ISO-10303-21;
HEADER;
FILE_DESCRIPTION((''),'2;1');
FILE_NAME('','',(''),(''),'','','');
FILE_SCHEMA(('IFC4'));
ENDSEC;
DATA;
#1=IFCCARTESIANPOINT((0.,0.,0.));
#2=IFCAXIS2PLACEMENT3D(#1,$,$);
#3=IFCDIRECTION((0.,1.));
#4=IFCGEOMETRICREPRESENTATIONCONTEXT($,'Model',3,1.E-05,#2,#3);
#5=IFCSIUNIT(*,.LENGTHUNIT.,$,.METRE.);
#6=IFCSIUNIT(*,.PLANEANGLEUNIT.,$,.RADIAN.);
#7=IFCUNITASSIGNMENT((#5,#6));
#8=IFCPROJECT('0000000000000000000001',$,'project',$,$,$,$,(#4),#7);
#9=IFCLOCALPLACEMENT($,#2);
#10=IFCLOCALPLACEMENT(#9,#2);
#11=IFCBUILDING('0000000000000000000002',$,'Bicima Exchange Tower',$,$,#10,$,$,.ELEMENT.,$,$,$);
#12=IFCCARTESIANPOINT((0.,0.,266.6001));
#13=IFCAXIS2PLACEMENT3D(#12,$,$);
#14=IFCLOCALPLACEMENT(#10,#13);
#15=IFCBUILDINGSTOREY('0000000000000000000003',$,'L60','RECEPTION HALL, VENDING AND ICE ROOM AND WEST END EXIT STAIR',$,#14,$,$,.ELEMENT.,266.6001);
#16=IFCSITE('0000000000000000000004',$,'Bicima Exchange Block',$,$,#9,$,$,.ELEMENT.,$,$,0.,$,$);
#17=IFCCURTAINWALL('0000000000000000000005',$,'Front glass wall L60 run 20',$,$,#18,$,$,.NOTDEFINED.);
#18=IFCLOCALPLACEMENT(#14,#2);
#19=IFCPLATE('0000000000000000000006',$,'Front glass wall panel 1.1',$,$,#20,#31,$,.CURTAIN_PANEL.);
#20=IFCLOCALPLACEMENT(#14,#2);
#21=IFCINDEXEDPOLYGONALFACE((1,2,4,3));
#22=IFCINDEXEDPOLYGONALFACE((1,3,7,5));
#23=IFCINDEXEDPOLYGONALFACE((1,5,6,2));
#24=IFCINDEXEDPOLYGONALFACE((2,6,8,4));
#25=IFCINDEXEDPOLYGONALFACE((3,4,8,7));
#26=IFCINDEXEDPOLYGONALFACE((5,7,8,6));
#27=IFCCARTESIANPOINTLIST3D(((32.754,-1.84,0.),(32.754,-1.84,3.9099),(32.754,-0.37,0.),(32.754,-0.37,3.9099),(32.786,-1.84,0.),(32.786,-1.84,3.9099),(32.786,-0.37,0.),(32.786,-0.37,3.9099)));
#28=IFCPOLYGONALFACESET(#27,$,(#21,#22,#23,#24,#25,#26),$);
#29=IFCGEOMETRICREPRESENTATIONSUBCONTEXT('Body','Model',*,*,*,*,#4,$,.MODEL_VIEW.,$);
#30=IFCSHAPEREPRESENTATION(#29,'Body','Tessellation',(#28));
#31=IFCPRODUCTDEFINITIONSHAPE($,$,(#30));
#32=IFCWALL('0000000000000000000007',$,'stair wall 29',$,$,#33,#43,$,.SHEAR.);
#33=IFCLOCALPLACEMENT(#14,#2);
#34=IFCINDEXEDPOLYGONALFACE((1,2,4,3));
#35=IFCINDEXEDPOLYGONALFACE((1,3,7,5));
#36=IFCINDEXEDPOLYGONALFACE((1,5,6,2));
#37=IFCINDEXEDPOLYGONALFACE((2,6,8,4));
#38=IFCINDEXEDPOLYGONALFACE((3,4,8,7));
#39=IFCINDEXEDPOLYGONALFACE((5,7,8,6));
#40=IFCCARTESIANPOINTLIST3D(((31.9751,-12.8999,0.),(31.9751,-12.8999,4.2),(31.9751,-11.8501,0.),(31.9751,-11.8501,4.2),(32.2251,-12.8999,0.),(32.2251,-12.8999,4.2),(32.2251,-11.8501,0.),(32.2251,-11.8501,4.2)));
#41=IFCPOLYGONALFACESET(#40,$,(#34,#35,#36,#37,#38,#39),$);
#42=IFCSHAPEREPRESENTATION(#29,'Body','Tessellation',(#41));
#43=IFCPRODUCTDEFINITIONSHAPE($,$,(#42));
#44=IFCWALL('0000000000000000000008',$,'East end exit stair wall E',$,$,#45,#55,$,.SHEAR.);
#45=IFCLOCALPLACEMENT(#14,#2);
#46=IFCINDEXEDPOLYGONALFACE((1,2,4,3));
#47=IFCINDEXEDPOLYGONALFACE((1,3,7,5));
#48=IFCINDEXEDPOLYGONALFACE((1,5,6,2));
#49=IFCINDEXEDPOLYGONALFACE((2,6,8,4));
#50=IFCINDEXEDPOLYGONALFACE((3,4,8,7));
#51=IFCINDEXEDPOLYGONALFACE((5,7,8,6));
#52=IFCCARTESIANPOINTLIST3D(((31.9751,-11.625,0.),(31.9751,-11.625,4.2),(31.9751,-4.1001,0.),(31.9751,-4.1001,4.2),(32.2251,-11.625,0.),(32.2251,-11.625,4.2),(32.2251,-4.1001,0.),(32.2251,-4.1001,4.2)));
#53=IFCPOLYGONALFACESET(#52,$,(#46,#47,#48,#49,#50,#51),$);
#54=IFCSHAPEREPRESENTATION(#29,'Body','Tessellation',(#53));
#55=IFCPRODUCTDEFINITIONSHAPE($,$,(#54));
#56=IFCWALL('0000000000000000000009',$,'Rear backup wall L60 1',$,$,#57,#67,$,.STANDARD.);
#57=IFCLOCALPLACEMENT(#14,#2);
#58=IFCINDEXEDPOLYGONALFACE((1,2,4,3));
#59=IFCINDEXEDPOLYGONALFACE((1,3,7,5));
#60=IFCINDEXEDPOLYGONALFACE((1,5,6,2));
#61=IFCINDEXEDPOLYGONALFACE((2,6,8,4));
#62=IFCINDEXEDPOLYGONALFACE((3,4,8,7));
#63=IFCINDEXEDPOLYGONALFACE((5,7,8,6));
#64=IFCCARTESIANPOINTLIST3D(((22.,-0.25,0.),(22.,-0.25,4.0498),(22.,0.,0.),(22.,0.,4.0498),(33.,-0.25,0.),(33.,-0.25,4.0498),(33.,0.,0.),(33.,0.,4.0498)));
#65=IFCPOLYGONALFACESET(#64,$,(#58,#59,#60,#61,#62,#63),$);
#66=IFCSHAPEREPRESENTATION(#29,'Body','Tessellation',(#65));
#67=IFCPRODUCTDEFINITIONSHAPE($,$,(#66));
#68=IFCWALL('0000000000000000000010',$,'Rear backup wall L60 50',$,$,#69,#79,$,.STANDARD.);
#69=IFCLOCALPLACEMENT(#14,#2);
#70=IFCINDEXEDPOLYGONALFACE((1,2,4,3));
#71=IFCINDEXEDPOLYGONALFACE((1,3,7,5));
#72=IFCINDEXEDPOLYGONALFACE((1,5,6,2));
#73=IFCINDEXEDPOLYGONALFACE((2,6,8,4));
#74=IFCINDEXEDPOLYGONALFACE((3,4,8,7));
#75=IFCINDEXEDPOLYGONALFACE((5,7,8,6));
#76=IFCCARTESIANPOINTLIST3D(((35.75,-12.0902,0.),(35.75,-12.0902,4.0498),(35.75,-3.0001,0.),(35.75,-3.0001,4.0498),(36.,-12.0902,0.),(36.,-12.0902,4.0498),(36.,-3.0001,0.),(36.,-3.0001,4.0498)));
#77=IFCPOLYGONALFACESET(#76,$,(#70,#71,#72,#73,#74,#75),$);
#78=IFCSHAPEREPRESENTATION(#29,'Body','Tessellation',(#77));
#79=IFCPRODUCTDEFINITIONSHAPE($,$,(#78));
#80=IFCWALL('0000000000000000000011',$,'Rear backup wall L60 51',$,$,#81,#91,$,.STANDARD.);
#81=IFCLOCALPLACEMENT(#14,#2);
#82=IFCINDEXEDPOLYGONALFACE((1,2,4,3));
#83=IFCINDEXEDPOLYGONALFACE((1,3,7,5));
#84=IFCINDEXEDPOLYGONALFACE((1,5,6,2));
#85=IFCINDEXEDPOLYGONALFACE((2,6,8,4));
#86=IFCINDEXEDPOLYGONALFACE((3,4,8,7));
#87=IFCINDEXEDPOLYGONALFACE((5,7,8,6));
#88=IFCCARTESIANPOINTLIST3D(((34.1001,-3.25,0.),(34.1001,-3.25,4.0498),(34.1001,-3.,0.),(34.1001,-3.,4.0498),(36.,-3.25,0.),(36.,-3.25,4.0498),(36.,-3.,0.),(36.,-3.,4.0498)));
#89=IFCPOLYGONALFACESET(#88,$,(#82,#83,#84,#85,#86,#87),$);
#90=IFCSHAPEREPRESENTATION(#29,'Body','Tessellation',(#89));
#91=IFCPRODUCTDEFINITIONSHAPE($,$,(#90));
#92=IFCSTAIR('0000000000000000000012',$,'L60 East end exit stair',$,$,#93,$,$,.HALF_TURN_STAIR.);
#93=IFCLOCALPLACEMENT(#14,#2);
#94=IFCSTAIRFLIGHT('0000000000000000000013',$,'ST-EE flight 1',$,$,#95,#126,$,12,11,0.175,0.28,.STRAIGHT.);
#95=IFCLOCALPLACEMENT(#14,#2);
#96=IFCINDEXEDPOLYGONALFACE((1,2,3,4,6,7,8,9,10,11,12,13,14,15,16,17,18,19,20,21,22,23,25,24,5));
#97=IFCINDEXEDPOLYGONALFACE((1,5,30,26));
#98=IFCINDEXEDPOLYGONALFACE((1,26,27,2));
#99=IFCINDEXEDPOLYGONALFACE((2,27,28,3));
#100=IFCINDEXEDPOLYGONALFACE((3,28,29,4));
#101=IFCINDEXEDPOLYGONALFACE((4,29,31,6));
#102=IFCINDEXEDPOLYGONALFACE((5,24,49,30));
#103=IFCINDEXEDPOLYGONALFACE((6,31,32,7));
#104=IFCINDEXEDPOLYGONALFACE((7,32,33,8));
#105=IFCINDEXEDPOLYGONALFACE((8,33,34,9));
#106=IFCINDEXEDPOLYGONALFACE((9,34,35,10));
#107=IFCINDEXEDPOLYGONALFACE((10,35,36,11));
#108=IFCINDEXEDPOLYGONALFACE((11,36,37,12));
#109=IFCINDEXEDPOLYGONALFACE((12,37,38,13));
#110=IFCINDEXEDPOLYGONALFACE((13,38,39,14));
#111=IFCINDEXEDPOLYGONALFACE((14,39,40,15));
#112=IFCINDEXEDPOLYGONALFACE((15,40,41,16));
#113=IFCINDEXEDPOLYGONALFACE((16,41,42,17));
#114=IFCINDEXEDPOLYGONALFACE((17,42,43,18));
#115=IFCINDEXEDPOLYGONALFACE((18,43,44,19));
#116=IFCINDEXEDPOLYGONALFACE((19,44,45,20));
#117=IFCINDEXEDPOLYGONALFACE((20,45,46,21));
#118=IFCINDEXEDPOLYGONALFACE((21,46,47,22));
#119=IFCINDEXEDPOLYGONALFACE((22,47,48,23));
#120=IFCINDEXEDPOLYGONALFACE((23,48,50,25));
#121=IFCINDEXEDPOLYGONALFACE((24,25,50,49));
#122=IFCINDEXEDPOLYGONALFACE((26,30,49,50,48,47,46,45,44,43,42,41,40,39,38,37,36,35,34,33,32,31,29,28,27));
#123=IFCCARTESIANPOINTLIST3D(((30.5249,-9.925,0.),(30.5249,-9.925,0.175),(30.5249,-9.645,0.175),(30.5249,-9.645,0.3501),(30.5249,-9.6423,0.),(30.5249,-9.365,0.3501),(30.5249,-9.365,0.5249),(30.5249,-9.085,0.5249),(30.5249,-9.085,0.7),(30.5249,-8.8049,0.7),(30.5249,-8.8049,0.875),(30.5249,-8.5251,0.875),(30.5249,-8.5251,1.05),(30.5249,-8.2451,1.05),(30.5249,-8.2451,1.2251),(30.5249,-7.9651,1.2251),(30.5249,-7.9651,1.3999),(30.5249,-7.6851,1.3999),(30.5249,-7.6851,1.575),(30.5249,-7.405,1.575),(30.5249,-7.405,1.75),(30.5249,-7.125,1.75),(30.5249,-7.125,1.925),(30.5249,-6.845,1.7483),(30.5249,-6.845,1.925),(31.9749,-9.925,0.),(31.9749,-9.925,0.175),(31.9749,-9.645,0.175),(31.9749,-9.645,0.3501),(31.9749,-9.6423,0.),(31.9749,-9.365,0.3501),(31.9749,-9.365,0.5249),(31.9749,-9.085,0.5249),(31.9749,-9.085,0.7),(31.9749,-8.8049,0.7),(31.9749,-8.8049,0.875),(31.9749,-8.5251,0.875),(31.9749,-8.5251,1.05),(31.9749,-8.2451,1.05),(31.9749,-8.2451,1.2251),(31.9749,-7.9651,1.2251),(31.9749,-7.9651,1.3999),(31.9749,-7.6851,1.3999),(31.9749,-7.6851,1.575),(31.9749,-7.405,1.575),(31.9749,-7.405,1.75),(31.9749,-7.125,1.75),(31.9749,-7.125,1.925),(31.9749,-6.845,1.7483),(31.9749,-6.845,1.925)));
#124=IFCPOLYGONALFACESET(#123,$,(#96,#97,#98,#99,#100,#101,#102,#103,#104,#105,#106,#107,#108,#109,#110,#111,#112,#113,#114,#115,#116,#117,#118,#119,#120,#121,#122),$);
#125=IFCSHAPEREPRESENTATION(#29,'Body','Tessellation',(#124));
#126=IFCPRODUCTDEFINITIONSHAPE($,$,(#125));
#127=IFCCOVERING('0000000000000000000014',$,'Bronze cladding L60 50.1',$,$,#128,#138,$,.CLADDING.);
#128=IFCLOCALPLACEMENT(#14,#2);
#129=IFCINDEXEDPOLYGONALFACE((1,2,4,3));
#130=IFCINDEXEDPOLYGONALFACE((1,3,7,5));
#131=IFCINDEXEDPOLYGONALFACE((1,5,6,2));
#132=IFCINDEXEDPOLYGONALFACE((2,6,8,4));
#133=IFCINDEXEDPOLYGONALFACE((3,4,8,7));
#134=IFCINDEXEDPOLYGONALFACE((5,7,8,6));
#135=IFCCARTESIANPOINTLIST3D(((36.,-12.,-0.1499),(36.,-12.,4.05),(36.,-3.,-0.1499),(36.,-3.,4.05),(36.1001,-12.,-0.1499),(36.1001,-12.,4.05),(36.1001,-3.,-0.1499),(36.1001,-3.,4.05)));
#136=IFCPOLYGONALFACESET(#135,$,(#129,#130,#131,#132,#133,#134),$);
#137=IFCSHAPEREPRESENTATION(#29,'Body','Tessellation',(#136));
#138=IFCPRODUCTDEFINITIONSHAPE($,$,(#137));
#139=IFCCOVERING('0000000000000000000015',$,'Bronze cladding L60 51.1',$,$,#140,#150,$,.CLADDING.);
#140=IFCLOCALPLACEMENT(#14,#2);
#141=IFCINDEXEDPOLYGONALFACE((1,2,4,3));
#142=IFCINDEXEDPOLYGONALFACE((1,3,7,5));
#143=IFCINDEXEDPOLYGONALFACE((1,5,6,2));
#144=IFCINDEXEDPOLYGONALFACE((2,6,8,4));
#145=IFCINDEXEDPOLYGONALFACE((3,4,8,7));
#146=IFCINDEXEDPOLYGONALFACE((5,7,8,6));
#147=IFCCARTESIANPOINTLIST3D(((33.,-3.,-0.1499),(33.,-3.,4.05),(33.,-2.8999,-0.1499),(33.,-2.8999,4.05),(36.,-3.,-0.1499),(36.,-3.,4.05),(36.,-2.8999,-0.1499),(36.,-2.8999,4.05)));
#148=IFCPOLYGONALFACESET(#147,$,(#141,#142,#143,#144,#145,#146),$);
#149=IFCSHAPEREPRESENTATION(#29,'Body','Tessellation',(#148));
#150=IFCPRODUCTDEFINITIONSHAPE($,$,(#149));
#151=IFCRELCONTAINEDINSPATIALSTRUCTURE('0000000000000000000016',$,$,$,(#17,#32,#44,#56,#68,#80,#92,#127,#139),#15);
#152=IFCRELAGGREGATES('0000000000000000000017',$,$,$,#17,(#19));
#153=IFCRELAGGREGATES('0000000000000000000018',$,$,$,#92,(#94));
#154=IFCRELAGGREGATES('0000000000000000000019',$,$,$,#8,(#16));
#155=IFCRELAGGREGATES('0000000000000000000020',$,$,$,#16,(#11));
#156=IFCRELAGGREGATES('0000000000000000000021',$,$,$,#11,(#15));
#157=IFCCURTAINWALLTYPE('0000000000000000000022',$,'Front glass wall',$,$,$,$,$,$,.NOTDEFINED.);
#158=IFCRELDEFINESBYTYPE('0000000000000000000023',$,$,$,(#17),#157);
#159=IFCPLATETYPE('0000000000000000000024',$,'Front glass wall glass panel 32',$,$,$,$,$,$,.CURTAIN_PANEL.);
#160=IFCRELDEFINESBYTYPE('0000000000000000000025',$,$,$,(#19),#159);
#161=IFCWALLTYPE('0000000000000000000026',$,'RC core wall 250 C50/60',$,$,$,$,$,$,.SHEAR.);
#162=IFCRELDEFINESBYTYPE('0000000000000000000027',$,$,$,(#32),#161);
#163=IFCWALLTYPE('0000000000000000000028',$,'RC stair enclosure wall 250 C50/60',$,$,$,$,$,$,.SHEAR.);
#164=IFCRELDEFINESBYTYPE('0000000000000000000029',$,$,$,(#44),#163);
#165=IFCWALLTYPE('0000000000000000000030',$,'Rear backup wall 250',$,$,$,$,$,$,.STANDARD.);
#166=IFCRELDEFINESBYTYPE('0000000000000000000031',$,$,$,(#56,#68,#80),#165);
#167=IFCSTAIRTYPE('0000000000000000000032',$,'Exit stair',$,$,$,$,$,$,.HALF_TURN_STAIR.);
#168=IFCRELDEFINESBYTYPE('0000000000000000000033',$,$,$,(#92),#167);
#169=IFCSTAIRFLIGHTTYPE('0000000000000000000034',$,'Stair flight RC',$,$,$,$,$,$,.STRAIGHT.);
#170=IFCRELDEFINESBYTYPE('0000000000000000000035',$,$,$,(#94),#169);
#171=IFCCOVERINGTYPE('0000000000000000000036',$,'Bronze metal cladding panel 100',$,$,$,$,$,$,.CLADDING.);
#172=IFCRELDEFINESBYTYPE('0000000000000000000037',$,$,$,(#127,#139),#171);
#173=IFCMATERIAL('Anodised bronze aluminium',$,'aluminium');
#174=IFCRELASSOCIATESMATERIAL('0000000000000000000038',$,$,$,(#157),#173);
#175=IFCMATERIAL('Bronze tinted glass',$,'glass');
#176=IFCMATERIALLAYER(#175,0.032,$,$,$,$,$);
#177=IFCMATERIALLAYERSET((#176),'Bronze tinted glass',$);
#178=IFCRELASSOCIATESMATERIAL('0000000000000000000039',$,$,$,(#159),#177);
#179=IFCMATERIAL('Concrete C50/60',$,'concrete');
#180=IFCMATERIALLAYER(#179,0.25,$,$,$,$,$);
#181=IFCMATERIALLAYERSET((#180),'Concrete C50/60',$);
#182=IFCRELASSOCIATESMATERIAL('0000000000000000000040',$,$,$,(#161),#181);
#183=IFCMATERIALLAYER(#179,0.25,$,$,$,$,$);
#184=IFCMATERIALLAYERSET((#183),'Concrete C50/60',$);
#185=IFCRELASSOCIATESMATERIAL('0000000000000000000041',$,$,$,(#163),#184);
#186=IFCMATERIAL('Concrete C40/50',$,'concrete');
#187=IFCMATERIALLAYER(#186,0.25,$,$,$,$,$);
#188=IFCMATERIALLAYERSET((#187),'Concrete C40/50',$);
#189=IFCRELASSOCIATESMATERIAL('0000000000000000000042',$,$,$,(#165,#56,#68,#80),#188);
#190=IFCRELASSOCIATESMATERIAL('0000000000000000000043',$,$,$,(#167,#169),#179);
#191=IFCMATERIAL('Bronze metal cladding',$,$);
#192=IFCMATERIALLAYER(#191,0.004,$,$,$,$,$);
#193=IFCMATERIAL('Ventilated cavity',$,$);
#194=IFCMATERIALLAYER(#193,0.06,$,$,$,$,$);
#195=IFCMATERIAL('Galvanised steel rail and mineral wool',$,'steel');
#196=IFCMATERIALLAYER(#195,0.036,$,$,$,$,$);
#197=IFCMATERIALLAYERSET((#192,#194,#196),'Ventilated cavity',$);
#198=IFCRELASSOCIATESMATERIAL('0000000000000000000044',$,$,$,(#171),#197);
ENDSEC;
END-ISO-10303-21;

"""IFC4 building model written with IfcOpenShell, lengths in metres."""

from ifc_helpers import new_model, si_unit, direction, frame, frame_2d, origin, origin_2d, place, context, subcontext, project, spatial, polyline, rectangle, outline, extrude, material, layer, layer_set, layer_usage, type_object, element, aggregate, save


model = new_model("IFC4")

# Units and contexts
model_context = context("Model", 3, precision=1e-05, world=origin(), true_north=direction((0.0, 1.0)))
body_context = subcontext(model_context, "Body", "Model", "MODEL_VIEW")
ifc_project = project(units=[si_unit("LENGTHUNIT", "METRE"), si_unit("PLANEANGLEUNIT", "RADIAN")], contexts=[model_context])

# Site, building, storey
site_placement = place(None, origin())
site = spatial("IfcSite", under=ifc_project, at=site_placement, Name="Bicima Exchange Block", CompositionType="ELEMENT", RefElevation=0.0)
building_placement = place(site_placement, origin())
building = spatial("IfcBuilding", under=site, at=building_placement, Name="Bicima Exchange Tower", CompositionType="ELEMENT")
storey_placement = place(building_placement, frame((0.0, 0.0, 266.6001)))
storey = spatial("IfcBuildingStorey", under=building, at=storey_placement, Name="L60", Description="RECEPTION HALL, VENDING AND ICE ROOM AND WEST END EXIT STAIR", CompositionType="ELEMENT", Elevation=266.6001)

# Shared definitions
ifc_material_1 = material(Name="Anodised bronze aluminium", Category="aluminium")

# Curtain wall
curtain_wall_type_1 = type_object("IfcCurtainWallType", Name="Front glass wall", PredefinedType="NOTDEFINED", material=ifc_material_1)
curtain_wall_1_placement = place(storey_placement, origin())
curtain_wall_1 = element("IfcCurtainWall", 1, at=curtain_wall_1_placement, inside=storey, type_object=curtain_wall_type_1, Name="Front glass wall L60 run 20", PredefinedType="NOTDEFINED")

# Plate
ifc_material_2 = material(Name="Bronze tinted glass", Category="glass")
ifc_layer_1 = layer(ifc_material_2, 0.032)
ifc_layer_set_1 = layer_set([ifc_layer_1], Name="Bronze tinted glass")
plate_type = type_object("IfcPlateType", Name="Front glass wall glass panel 32", PredefinedType="CURTAIN_PANEL", material=ifc_layer_set_1)
plate_placement = place(storey_placement, frame((32.77, -1.105, 0.0), z_axis=(0.0, 0.0, 1.0), x_axis=(0.0, 1.0, 0.0)))
plate = element("IfcPlate", 2, at=plate_placement, type_object=plate_type, Name="Front glass wall panel 1.1", PredefinedType="CURTAIN_PANEL", context=body_context, shape_type="SweptSolid", body=[
    extrude(rectangle(XDim=1.47, YDim=0.032, at=origin_2d()), origin(), (0.0, 0.0, 1.0), 3.9099),
])
aggregate(curtain_wall_1, [plate])

# Walls
ifc_material_3 = material(Name="Concrete C50/60", Category="concrete")
ifc_layer_2 = layer(ifc_material_3, 0.25)
ifc_layer_set_2 = layer_set([ifc_layer_2], Name="Concrete C50/60")
wall_type_1 = type_object("IfcWallType", Name="RC core wall 250 C50/60", PredefinedType="SHEAR", material=ifc_layer_set_2)
wall_1_placement = place(storey_placement, frame((32.1001, -12.8999, 0.0), z_axis=(0.0, 0.0, 1.0), x_axis=(0.0, 1.0, 0.0)))
element("IfcWall", 3, at=wall_1_placement, inside=storey, type_object=wall_type_1, Name="stair wall 29", PredefinedType="SHEAR", context=body_context, shape_type="SweptSolid", body=[
    extrude(rectangle(XDim=1.0498, YDim=0.25, at=frame_2d((0.5249, 0.0))), origin(), (0.0, 0.0, 1.0), 4.2),
])
ifc_layer_3 = layer(ifc_material_3, 0.25)
ifc_layer_set_3 = layer_set([ifc_layer_3], Name="Concrete C50/60")
wall_type_2 = type_object("IfcWallType", Name="RC stair enclosure wall 250 C50/60", PredefinedType="SHEAR", material=ifc_layer_set_3)
wall_2_placement = place(storey_placement, frame((32.1001, -11.625, 0.0), z_axis=(0.0, 0.0, 1.0), x_axis=(0.0, 1.0, 0.0)))
element("IfcWall", 4, at=wall_2_placement, inside=storey, type_object=wall_type_2, Name="East end exit stair wall E", PredefinedType="SHEAR", context=body_context, shape_type="SweptSolid", body=[
    extrude(rectangle(XDim=7.5249, YDim=0.25, at=frame_2d((3.7625, 0.0))), origin(), (0.0, 0.0, 1.0), 4.2),
])
ifc_material_4 = material(Name="Concrete C40/50", Category="concrete")
ifc_layer_4 = layer(ifc_material_4, 0.25)
ifc_layer_set_4 = layer_set([ifc_layer_4], Name="Concrete C40/50")
ifc_layer_usage = layer_usage(ifc_layer_set_4, "AXIS2", "POSITIVE", -0.125)
wall_type_3 = type_object("IfcWallType", Name="Rear backup wall 250", PredefinedType="STANDARD", material=ifc_layer_set_4)
wall_3_placement = place(storey_placement, frame((33.0, -0.125, 0.0), z_axis=(0.0, 0.0, 1.0), x_axis=(-1.0, 0.0, 0.0)))
element("IfcWall", 5, at=wall_3_placement, inside=storey, type_object=wall_type_3, material=ifc_layer_usage, Name="Rear backup wall L60 1", PredefinedType="STANDARD", context=body_context, shape_type="SweptSolid", body=[
    extrude(rectangle(XDim=11.0, YDim=0.25, at=frame_2d((5.5, 0.0))), origin(), (0.0, 0.0, 1.0), 4.0498),
])
wall_4_placement = place(storey_placement, frame((35.875, -12.0901, 0.0), z_axis=(0.0, 0.0, 1.0), x_axis=(0.0, 1.0, 0.0)))
element("IfcWall", 6, at=wall_4_placement, inside=storey, type_object=wall_type_3, material=ifc_layer_usage, Name="Rear backup wall L60 50", PredefinedType="STANDARD", context=body_context, shape_type="SweptSolid", body=[
    extrude(rectangle(XDim=9.0901, YDim=0.25, at=frame_2d((4.5449, 0.0))), origin(), (0.0, 0.0, 1.0), 4.0498),
])
wall_5_placement = place(storey_placement, frame((36.0, -3.125, 0.0), z_axis=(0.0, 0.0, 1.0), x_axis=(-1.0, 0.0, 0.0)))
element("IfcWall", 7, at=wall_5_placement, inside=storey, type_object=wall_type_3, material=ifc_layer_usage, Name="Rear backup wall L60 51", PredefinedType="STANDARD", context=body_context, shape_type="SweptSolid", body=[
    extrude(rectangle(XDim=1.8999, YDim=0.25, at=frame_2d((0.95, 0.0))), origin(), (0.0, 0.0, 1.0), 4.0498),
])

# Stair, stair flight
stair_type = type_object("IfcStairType", Name="Exit stair", PredefinedType="HALF_TURN_STAIR", material=ifc_material_3)
stair_placement = place(storey_placement, origin())
stair = element("IfcStair", 8, at=stair_placement, inside=storey, type_object=stair_type, Name="L60 East end exit stair", PredefinedType="HALF_TURN_STAIR")
stair_flight_type = type_object("IfcStairFlightType", Name="Stair flight RC", PredefinedType="STRAIGHT", material=ifc_material_3)
stair_flight_placement = place(storey_placement, frame((31.25, -9.925, 0.0), z_axis=(0.0, 0.0, 1.0), x_axis=(0.0, 1.0, 0.0)))
stair_flight = element("IfcStairFlight", 9, at=stair_flight_placement, type_object=stair_flight_type, Name="ST-EE flight 1", NumberOfRisers=12, NumberOfTreads=11, PredefinedType="STRAIGHT", RiserHeight=0.175, TreadLength=0.28, context=body_context, shape_type="SweptSolid", body=[
    extrude(outline(polyline([(0.0, 0.0), (0.0, 0.175), (0.28, 0.175), (0.28, 0.3501), (0.5601, 0.3501), (0.5601, 0.5249), (0.8401, 0.5249), (0.8401, 0.7), (1.1201, 0.7), (1.1201, 0.875), (1.3999, 0.875), (1.3999, 1.05), (1.6799, 1.05), (1.6799, 1.2251), (1.96, 1.2251), (1.96, 1.3999), (2.24, 1.3999), (2.24, 1.575), (2.52, 1.575), (2.52, 1.75), (2.8, 1.75), (2.8, 1.925), (3.0801, 1.925), (3.0801, 2.1001), (3.0801, 1.7483), (0.2827, 0.0), (0.0, 0.0)])), frame((0.0, 0.7251, 0.0), z_axis=(0.0, -1.0, 0.0), x_axis=(1.0, 0.0, 0.0)), (0.0, 0.0, 1.0), 1.45),
])
aggregate(stair, [stair_flight])

# Coverings
ifc_material_5 = material(Name="Bronze metal cladding")
ifc_layer_5 = layer(ifc_material_5, 0.004)
ifc_material_6 = material(Name="Ventilated cavity")
ifc_layer_6 = layer(ifc_material_6, 0.06)
ifc_material_7 = material(Name="Galvanised steel rail and mineral wool", Category="steel")
ifc_layer_7 = layer(ifc_material_7, 0.036)
ifc_layer_set_5 = layer_set([ifc_layer_5, ifc_layer_6, ifc_layer_7], Name="Ventilated cavity")
covering_type = type_object("IfcCoveringType", Name="Bronze metal cladding panel 100", PredefinedType="CLADDING", material=ifc_layer_set_5)
covering_1_placement = place(storey_placement, frame((36.05, -7.5, -0.1499), z_axis=(0.0, 0.0, 1.0), x_axis=(0.0, 1.0, 0.0)))
element("IfcCovering", 10, at=covering_1_placement, inside=storey, type_object=covering_type, Name="Bronze cladding L60 50.1", PredefinedType="CLADDING", context=body_context, shape_type="SweptSolid", body=[
    extrude(rectangle(XDim=9.0, YDim=0.1001, at=origin_2d()), origin(), (0.0, 0.0, 1.0), 4.2),
])
covering_2_placement = place(storey_placement, frame((34.5, -2.95, -0.1499), z_axis=(0.0, 0.0, 1.0), x_axis=(-1.0, 0.0, 0.0)))
element("IfcCovering", 11, at=covering_2_placement, inside=storey, type_object=covering_type, Name="Bronze cladding L60 51.1", PredefinedType="CLADDING", context=body_context, shape_type="SweptSolid", body=[
    extrude(rectangle(XDim=3.0, YDim=0.1001, at=origin_2d()), origin(), (0.0, 0.0, 1.0), 4.2),
])

save(model, "model.ifc")
